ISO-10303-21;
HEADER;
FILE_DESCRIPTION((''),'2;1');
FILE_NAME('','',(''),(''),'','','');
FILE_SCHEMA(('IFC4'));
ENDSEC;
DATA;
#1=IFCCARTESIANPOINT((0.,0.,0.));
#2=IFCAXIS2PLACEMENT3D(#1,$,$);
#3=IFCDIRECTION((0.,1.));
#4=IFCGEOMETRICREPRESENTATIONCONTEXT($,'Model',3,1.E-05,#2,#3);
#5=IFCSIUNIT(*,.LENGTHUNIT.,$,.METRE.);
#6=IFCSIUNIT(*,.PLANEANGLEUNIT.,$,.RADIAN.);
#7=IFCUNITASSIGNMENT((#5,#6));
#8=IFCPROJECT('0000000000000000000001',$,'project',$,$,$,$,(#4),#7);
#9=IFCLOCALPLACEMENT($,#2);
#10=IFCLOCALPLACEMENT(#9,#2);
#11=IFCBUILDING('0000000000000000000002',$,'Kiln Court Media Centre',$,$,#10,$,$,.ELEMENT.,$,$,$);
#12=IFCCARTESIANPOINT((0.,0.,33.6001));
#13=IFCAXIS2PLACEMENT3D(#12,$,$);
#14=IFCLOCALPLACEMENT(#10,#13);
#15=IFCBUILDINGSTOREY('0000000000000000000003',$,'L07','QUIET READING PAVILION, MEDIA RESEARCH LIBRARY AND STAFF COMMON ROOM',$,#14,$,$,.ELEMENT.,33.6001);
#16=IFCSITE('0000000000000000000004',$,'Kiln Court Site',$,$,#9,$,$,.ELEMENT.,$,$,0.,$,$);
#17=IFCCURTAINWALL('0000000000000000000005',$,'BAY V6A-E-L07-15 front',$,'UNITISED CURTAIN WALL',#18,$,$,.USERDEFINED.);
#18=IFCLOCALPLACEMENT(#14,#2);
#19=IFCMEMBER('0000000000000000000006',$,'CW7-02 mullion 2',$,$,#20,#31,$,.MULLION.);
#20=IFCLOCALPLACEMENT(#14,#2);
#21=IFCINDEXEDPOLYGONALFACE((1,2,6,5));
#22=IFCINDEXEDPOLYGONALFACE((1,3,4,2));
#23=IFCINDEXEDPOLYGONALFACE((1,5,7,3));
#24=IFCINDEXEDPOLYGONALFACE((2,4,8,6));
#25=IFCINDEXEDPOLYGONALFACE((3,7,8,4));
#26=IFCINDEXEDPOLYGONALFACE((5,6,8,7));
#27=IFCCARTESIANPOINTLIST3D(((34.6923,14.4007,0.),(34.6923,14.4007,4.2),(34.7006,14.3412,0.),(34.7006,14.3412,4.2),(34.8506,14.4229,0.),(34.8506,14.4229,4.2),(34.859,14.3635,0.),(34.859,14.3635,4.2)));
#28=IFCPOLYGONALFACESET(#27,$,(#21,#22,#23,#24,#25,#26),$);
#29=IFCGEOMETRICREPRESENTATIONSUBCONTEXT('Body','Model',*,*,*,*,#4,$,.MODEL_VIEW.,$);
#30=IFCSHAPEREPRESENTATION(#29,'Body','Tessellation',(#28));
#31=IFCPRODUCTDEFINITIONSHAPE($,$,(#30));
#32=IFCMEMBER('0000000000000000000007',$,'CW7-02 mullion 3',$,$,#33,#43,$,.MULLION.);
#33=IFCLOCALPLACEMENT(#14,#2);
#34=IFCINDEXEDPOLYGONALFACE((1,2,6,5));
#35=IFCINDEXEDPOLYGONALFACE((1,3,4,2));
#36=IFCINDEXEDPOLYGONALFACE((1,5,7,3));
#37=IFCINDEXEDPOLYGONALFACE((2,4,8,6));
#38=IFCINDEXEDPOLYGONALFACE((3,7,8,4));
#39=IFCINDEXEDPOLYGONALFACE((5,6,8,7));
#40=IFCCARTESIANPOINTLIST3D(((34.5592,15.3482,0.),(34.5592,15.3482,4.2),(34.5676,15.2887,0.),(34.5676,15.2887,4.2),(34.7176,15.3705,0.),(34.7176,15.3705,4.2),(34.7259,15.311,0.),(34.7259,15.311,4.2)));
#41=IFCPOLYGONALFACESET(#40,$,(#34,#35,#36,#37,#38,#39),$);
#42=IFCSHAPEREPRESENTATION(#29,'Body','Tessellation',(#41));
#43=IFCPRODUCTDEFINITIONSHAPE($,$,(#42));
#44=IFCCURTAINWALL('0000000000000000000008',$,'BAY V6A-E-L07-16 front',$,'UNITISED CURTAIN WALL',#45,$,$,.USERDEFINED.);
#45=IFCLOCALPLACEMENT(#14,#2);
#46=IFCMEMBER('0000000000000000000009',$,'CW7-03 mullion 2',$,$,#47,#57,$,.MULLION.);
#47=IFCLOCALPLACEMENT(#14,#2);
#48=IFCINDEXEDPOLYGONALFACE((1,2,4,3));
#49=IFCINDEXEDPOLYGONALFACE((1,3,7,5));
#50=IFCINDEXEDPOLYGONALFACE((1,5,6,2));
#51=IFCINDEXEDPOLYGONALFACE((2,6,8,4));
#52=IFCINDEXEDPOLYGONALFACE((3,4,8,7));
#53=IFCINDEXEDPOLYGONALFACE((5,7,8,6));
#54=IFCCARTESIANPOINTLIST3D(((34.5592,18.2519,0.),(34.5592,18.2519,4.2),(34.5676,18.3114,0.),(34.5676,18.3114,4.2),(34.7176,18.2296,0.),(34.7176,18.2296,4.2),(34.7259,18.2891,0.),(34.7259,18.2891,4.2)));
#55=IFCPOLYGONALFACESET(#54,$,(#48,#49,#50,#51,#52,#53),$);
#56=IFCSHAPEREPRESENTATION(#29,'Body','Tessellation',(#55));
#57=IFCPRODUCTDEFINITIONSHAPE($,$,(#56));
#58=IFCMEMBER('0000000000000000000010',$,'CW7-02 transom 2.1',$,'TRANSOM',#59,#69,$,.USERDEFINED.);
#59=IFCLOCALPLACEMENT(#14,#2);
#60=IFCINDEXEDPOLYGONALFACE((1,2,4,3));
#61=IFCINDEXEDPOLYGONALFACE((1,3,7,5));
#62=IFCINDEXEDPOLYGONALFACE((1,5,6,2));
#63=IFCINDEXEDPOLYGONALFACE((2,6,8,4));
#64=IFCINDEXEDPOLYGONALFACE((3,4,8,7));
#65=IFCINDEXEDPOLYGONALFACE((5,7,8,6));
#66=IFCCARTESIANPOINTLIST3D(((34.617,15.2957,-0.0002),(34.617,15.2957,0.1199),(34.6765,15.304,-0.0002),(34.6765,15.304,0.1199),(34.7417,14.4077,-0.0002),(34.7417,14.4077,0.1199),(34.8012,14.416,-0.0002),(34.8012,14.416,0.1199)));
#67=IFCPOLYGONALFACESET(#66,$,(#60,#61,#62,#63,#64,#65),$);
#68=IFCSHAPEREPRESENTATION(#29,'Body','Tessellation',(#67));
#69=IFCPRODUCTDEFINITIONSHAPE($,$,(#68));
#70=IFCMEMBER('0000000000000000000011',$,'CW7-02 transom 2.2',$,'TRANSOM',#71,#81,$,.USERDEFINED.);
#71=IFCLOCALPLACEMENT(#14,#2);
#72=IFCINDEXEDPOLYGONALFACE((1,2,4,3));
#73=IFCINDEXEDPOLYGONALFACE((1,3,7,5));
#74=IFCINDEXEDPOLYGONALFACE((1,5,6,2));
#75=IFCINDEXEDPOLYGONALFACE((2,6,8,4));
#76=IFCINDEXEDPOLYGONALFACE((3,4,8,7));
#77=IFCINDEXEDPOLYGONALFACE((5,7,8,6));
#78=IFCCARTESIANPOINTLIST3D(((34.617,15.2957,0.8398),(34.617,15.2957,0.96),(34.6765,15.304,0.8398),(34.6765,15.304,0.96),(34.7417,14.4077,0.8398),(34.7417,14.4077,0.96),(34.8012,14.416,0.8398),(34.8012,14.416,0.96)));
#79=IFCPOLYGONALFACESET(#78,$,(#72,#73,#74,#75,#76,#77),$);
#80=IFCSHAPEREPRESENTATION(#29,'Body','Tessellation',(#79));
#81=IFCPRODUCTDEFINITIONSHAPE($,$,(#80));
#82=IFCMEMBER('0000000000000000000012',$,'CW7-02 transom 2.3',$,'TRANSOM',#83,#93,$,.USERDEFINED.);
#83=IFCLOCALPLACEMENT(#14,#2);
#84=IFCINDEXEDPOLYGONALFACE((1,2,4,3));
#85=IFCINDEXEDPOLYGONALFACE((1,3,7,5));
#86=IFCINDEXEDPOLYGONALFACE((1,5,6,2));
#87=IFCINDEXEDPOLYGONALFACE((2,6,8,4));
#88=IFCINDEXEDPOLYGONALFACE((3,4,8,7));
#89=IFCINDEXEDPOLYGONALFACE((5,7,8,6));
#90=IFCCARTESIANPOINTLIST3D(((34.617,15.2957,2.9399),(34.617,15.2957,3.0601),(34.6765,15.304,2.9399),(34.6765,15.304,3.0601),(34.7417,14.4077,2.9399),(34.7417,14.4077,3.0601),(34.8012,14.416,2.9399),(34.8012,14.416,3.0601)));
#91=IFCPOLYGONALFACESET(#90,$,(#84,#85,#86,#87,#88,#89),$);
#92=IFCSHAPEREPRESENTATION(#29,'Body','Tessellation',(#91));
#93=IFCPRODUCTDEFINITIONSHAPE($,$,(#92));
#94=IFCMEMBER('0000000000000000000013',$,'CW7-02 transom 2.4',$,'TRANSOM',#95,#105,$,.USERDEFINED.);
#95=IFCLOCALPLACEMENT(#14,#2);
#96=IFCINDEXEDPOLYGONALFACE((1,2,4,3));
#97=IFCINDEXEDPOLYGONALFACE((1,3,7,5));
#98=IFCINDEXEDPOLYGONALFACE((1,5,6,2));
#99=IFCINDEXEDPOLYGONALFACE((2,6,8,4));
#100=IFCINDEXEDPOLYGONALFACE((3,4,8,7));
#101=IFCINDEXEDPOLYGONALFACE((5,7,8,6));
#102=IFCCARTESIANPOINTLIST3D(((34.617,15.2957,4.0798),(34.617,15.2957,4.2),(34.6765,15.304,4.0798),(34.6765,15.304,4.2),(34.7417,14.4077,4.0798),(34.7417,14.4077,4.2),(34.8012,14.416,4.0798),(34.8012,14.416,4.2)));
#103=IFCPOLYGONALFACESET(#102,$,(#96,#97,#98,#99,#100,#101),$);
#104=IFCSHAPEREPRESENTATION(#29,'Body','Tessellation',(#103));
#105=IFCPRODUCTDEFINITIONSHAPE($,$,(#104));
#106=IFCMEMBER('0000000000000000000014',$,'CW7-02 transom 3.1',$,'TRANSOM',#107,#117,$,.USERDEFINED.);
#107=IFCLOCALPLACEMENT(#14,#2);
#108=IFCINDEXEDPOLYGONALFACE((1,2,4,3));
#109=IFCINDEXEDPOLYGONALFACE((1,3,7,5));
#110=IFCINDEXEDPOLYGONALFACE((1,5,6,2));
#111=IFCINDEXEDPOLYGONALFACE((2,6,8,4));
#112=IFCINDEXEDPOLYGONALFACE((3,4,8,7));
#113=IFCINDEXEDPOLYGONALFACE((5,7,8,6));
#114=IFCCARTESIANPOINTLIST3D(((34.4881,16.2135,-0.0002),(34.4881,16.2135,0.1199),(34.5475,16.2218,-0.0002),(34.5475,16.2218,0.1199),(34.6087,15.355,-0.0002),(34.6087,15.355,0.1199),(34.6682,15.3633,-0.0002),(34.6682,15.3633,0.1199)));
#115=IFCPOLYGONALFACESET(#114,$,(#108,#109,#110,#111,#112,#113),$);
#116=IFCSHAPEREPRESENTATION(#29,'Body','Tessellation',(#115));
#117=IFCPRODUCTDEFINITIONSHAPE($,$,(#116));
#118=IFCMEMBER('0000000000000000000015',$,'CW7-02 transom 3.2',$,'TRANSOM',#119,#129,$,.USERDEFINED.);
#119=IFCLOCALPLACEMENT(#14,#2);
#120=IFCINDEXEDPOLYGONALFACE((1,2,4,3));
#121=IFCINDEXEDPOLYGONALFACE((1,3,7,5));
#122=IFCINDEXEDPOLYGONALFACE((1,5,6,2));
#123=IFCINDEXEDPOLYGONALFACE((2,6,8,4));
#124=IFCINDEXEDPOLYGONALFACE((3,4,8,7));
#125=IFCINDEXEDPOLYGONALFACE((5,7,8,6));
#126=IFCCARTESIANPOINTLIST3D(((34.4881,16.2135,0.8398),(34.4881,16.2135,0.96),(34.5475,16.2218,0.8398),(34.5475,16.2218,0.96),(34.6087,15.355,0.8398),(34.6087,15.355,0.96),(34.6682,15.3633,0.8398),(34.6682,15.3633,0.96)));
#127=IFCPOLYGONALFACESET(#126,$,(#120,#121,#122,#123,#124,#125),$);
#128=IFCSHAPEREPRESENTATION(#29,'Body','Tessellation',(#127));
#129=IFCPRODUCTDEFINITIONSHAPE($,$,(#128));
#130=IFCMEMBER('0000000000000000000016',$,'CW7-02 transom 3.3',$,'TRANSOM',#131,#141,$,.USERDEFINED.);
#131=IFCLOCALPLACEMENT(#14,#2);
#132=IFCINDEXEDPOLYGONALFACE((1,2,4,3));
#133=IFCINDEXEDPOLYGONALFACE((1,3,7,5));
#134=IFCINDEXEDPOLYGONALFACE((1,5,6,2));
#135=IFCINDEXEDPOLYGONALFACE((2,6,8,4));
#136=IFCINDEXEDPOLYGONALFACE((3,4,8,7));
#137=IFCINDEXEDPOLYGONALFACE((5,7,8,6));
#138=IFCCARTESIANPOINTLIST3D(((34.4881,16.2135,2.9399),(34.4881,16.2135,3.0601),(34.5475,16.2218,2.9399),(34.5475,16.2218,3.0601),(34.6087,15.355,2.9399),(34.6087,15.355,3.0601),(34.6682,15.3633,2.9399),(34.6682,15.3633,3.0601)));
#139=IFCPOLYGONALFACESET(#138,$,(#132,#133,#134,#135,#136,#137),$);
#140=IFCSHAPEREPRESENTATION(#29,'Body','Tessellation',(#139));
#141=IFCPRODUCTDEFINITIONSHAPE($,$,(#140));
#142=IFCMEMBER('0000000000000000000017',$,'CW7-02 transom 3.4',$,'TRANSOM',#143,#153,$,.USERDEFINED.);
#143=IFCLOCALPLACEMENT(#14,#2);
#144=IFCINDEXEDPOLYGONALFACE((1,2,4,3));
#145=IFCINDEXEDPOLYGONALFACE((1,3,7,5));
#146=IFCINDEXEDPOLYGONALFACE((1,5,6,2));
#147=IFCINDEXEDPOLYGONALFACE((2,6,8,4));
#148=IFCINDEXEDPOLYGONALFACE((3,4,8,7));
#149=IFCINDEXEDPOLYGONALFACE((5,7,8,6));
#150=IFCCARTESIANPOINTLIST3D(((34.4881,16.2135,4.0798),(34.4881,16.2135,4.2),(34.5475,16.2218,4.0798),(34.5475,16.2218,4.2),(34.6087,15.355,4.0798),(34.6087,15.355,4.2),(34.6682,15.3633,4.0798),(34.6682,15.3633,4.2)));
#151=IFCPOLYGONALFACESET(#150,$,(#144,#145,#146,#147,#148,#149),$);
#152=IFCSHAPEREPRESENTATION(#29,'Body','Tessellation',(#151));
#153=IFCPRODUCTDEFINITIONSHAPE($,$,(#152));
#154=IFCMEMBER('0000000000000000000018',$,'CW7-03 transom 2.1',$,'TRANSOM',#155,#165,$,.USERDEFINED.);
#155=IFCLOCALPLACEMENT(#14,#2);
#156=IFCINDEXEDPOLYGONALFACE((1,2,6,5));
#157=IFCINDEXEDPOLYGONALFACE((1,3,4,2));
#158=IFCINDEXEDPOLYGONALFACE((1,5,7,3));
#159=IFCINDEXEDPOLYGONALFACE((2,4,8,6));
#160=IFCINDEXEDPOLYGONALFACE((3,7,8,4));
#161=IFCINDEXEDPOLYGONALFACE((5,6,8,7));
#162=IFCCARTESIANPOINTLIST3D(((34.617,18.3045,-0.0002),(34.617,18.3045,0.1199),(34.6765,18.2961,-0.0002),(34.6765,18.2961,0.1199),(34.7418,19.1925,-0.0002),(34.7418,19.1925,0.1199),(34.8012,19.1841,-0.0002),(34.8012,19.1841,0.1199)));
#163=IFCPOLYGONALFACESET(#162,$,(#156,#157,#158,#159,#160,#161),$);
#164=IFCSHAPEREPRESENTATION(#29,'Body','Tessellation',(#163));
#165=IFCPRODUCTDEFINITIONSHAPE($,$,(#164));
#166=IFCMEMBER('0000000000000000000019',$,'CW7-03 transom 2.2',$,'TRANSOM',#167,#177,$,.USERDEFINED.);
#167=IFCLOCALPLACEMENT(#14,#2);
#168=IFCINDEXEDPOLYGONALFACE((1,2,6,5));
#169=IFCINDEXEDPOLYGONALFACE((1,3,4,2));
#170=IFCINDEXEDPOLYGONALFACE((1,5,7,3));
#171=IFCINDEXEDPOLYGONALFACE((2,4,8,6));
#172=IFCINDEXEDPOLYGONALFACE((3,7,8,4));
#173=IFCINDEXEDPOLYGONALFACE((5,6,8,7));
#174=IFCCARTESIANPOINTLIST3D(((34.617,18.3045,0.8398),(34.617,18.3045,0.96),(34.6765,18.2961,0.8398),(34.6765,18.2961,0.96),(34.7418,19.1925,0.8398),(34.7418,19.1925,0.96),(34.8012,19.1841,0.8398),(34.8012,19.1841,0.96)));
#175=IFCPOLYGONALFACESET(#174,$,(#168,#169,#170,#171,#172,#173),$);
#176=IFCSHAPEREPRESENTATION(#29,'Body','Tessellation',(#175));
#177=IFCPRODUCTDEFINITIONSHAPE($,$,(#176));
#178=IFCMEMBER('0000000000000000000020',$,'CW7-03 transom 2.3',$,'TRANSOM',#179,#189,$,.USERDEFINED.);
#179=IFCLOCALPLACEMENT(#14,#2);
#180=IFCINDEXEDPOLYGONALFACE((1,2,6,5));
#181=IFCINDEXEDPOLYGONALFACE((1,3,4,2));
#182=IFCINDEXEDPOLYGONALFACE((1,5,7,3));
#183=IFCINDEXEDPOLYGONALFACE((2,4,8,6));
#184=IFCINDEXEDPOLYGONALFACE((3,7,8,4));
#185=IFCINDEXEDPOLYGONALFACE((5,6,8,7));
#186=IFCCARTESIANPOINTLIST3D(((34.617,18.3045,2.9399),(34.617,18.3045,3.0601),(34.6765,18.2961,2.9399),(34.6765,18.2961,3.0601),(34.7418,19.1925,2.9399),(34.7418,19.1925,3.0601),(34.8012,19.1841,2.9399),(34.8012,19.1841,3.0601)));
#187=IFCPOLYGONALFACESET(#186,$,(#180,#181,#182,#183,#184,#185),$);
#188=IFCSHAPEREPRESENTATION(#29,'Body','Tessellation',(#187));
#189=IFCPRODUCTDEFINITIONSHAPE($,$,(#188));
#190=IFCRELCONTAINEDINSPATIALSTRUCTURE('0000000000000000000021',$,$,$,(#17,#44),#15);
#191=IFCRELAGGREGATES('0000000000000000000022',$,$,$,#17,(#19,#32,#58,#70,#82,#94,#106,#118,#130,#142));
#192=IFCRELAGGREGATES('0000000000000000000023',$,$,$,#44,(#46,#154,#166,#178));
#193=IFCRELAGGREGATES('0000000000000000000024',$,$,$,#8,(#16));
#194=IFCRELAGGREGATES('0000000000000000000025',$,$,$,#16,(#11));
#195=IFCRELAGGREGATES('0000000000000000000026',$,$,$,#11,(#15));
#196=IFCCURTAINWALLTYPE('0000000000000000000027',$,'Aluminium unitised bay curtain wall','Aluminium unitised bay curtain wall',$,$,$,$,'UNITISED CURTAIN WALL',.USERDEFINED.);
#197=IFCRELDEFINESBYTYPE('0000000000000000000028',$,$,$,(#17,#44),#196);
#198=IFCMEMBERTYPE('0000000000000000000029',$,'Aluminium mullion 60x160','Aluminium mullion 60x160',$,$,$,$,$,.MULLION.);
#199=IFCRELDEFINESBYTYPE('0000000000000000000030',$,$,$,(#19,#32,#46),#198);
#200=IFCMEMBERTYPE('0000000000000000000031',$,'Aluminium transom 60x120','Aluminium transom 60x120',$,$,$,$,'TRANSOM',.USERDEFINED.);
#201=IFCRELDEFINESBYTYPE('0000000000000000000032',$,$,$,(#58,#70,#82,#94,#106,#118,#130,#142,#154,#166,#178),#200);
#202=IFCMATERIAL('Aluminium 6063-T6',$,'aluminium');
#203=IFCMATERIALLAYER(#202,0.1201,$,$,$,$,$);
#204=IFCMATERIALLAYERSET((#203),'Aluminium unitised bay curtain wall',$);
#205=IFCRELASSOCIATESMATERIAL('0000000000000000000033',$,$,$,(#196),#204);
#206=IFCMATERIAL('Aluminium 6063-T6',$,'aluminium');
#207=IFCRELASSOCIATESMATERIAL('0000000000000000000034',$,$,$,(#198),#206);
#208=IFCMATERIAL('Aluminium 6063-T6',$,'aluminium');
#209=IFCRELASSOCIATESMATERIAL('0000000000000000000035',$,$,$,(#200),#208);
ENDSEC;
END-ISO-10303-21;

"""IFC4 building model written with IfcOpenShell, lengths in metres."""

from ifc_helpers import new_model, si_unit, direction, frame, origin, origin_2d, place, context, subcontext, project, spatial, rectangle, extrude, material, layer, layer_set, material_profile, profile_set, type_object, element, aggregate, save


model = new_model("IFC4")

# Units and contexts
model_context = context("Model", 3, precision=1e-05, world=origin(), true_north=direction((0.0, 1.0)))
body_context = subcontext(model_context, "Body", "Model", "MODEL_VIEW")
ifc_project = project(units=[si_unit("LENGTHUNIT", "METRE"), si_unit("PLANEANGLEUNIT", "RADIAN")], contexts=[model_context])

# Site, building, storey
site_placement = place(None, origin())
site = spatial("IfcSite", under=ifc_project, at=site_placement, Name="Kiln Court Site", CompositionType="ELEMENT", RefElevation=0.0)
building_placement = place(site_placement, origin())
building = spatial("IfcBuilding", under=site, at=building_placement, Name="Kiln Court Media Centre", CompositionType="ELEMENT")
storey_placement = place(building_placement, frame((0.0, 0.0, 33.6001)))
storey = spatial("IfcBuildingStorey", under=building, at=storey_placement, Name="L07", Description="QUIET READING PAVILION, MEDIA RESEARCH LIBRARY AND STAFF COMMON ROOM", CompositionType="ELEMENT", Elevation=33.6001)

# Curtain wall, members
ifc_material_1 = material(Name="Aluminium 6063-T6", Category="aluminium")
ifc_layer_1 = layer(ifc_material_1, 0.1201)
ifc_layer_set_1 = layer_set([ifc_layer_1], Name="Aluminium unitised bay curtain wall")
curtain_wall_type = type_object("IfcCurtainWallType", Name="Aluminium unitised bay curtain wall", Description="Aluminium unitised bay curtain wall", ElementType="UNITISED CURTAIN WALL", PredefinedType="USERDEFINED", material=ifc_layer_set_1)
curtain_wall_1_placement = place(storey_placement, origin())
curtain_wall_1 = element("IfcCurtainWall", 1, at=curtain_wall_1_placement, inside=storey, type_object=curtain_wall_type, Name="BAY V6A-E-L07-15 front", ObjectType="UNITISED CURTAIN WALL", PredefinedType="USERDEFINED")
ifc_material_2 = material(Name="Aluminium 6063-T6", Category="aluminium")
ifc_material_profile_1 = material_profile(ifc_material_2, rectangle(XDim=0.0601, YDim=0.1599, at=origin_2d()), Name="Aluminium mullion 60x160")
ifc_profile_set_1 = profile_set([ifc_material_profile_1], Name="Aluminium 6063-T6")
member_type_1 = type_object("IfcMemberType", Name="Aluminium mullion 60x160", Description="Aluminium mullion 60x160", PredefinedType="MULLION", material=ifc_profile_set_1)
member_1_placement = place(storey_placement, frame((34.7756, 14.3821, 0.0), z_axis=(0.0, 0.0, 1.0), x_axis=(-0.139162, 0.99027, 0.0)))
member_1 = element("IfcMember", 2, at=member_1_placement, type_object=member_type_1, Name="CW7-02 mullion 2", PredefinedType="MULLION", context=body_context, shape_type="SweptSolid", body=[
    extrude(rectangle(XDim=0.0601, YDim=0.1599, at=origin_2d()), origin(), (0.0, 0.0, 1.0), 4.2),
])
member_2_placement = place(storey_placement, frame((34.6426, 15.3296, 0.0), z_axis=(0.0, 0.0, 1.0), x_axis=(-0.139162, 0.99027, 0.0)))
member_2 = element("IfcMember", 3, at=member_2_placement, type_object=member_type_1, Name="CW7-02 mullion 3", PredefinedType="MULLION", context=body_context, shape_type="SweptSolid", body=[
    extrude(rectangle(XDim=0.0601, YDim=0.1599, at=origin_2d()), origin(), (0.0, 0.0, 1.0), 4.2),
])

# Curtain wall, member
curtain_wall_2_placement = place(storey_placement, origin())
curtain_wall_2 = element("IfcCurtainWall", 4, at=curtain_wall_2_placement, inside=storey, type_object=curtain_wall_type, Name="BAY V6A-E-L07-16 front", ObjectType="UNITISED CURTAIN WALL", PredefinedType="USERDEFINED")
member_3_placement = place(storey_placement, frame((34.6426, 18.2705, 0.0), z_axis=(0.0, 0.0, 1.0), x_axis=(0.139162, 0.99027, 0.0)))
member_3 = element("IfcMember", 5, at=member_3_placement, type_object=member_type_1, Name="CW7-03 mullion 2", PredefinedType="MULLION", context=body_context, shape_type="SweptSolid", body=[
    extrude(rectangle(XDim=0.0601, YDim=0.1599, at=origin_2d()), origin(), (0.0, 0.0, 1.0), 4.2),
])

# Members
ifc_material_3 = material(Name="Aluminium 6063-T6", Category="aluminium")
ifc_material_profile_2 = material_profile(ifc_material_3, rectangle(XDim=0.0601, YDim=0.1201, at=origin_2d()), Name="Aluminium transom 60x120")
ifc_profile_set_2 = profile_set([ifc_material_profile_2], Name="Aluminium 6063-T6")
member_type_2 = type_object("IfcMemberType", Name="Aluminium transom 60x120", Description="Aluminium transom 60x120", ElementType="TRANSOM", PredefinedType="USERDEFINED", material=ifc_profile_set_2)
member_4_placement = place(storey_placement, frame((34.7715, 14.4119, 0.0598), z_axis=(-0.139134, 0.990274, 0.0), x_axis=(-0.990274, -0.139134, 0.0)))
member_4 = element("IfcMember", 6, at=member_4_placement, type_object=member_type_2, Name="CW7-02 transom 2.1", ObjectType="TRANSOM", PredefinedType="USERDEFINED", context=body_context, shape_type="SweptSolid", body=[
    extrude(rectangle(XDim=0.0601, YDim=0.1201, at=origin_2d()), origin(), (0.0, 0.0, 1.0), 0.8967),
])
member_5_placement = place(storey_placement, frame((34.7715, 14.4119, 0.8999), z_axis=(-0.139134, 0.990274, 0.0), x_axis=(-0.990274, -0.139134, 0.0)))
member_5 = element("IfcMember", 7, at=member_5_placement, type_object=member_type_2, Name="CW7-02 transom 2.2", ObjectType="TRANSOM", PredefinedType="USERDEFINED", context=body_context, shape_type="SweptSolid", body=[
    extrude(rectangle(XDim=0.0601, YDim=0.1201, at=origin_2d()), origin(), (0.0, 0.0, 1.0), 0.8967),
])
member_6_placement = place(storey_placement, frame((34.7715, 14.4119, 3.0), z_axis=(-0.139134, 0.990274, 0.0), x_axis=(-0.990274, -0.139134, 0.0)))
member_6 = element("IfcMember", 8, at=member_6_placement, type_object=member_type_2, Name="CW7-02 transom 2.3", ObjectType="TRANSOM", PredefinedType="USERDEFINED", context=body_context, shape_type="SweptSolid", body=[
    extrude(rectangle(XDim=0.0601, YDim=0.1201, at=origin_2d()), origin(), (0.0, 0.0, 1.0), 0.8967),
])
member_7_placement = place(storey_placement, frame((34.7715, 14.4119, 4.1399), z_axis=(-0.139134, 0.990274, 0.0), x_axis=(-0.990274, -0.139134, 0.0)))
member_7 = element("IfcMember", 9, at=member_7_placement, type_object=member_type_2, Name="CW7-02 transom 2.4", ObjectType="TRANSOM", PredefinedType="USERDEFINED", context=body_context, shape_type="SweptSolid", body=[
    extrude(rectangle(XDim=0.0601, YDim=0.1201, at=origin_2d()), origin(), (0.0, 0.0, 1.0), 0.8967),
])
member_8_placement = place(storey_placement, frame((34.6384, 15.3591, 0.0598), z_axis=(-0.139134, 0.990274, 0.0), x_axis=(-0.990274, -0.139134, 0.0)))
member_8 = element("IfcMember", 10, at=member_8_placement, type_object=member_type_2, Name="CW7-02 transom 3.1", ObjectType="TRANSOM", PredefinedType="USERDEFINED", context=body_context, shape_type="SweptSolid", body=[
    extrude(rectangle(XDim=0.0601, YDim=0.1201, at=origin_2d()), origin(), (0.0, 0.0, 1.0), 0.8669),
])
member_9_placement = place(storey_placement, frame((34.6384, 15.3591, 0.8999), z_axis=(-0.139134, 0.990274, 0.0), x_axis=(-0.990274, -0.139134, 0.0)))
member_9 = element("IfcMember", 11, at=member_9_placement, type_object=member_type_2, Name="CW7-02 transom 3.2", ObjectType="TRANSOM", PredefinedType="USERDEFINED", context=body_context, shape_type="SweptSolid", body=[
    extrude(rectangle(XDim=0.0601, YDim=0.1201, at=origin_2d()), origin(), (0.0, 0.0, 1.0), 0.8669),
])
member_10_placement = place(storey_placement, frame((34.6384, 15.3591, 3.0), z_axis=(-0.139134, 0.990274, 0.0), x_axis=(-0.990274, -0.139134, 0.0)))
member_10 = element("IfcMember", 12, at=member_10_placement, type_object=member_type_2, Name="CW7-02 transom 3.3", ObjectType="TRANSOM", PredefinedType="USERDEFINED", context=body_context, shape_type="SweptSolid", body=[
    extrude(rectangle(XDim=0.0601, YDim=0.1201, at=origin_2d()), origin(), (0.0, 0.0, 1.0), 0.8669),
])
member_11_placement = place(storey_placement, frame((34.6384, 15.3591, 4.1399), z_axis=(-0.139134, 0.990274, 0.0), x_axis=(-0.990274, -0.139134, 0.0)))
member_11 = element("IfcMember", 13, at=member_11_placement, type_object=member_type_2, Name="CW7-02 transom 3.4", ObjectType="TRANSOM", PredefinedType="USERDEFINED", context=body_context, shape_type="SweptSolid", body=[
    extrude(rectangle(XDim=0.0601, YDim=0.1201, at=origin_2d()), origin(), (0.0, 0.0, 1.0), 0.8669),
])
member_12_placement = place(storey_placement, frame((34.6467, 18.3003, 0.0598), z_axis=(0.139134, 0.990274, 0.0), x_axis=(-0.990274, 0.139134, 0.0)))
member_12 = element("IfcMember", 14, at=member_12_placement, type_object=member_type_2, Name="CW7-03 transom 2.1", ObjectType="TRANSOM", PredefinedType="USERDEFINED", context=body_context, shape_type="SweptSolid", body=[
    extrude(rectangle(XDim=0.0601, YDim=0.1201, at=origin_2d()), origin(), (0.0, 0.0, 1.0), 0.8967),
])
member_13_placement = place(storey_placement, frame((34.6467, 18.3003, 0.8999), z_axis=(0.139134, 0.990274, 0.0), x_axis=(-0.990274, 0.139134, 0.0)))
member_13 = element("IfcMember", 15, at=member_13_placement, type_object=member_type_2, Name="CW7-03 transom 2.2", ObjectType="TRANSOM", PredefinedType="USERDEFINED", context=body_context, shape_type="SweptSolid", body=[
    extrude(rectangle(XDim=0.0601, YDim=0.1201, at=origin_2d()), origin(), (0.0, 0.0, 1.0), 0.8967),
])
member_14_placement = place(storey_placement, frame((34.6467, 18.3003, 3.0), z_axis=(0.139134, 0.990274, 0.0), x_axis=(-0.990274, 0.139134, 0.0)))
member_14 = element("IfcMember", 16, at=member_14_placement, type_object=member_type_2, Name="CW7-03 transom 2.3", ObjectType="TRANSOM", PredefinedType="USERDEFINED", context=body_context, shape_type="SweptSolid", body=[
    extrude(rectangle(XDim=0.0601, YDim=0.1201, at=origin_2d()), origin(), (0.0, 0.0, 1.0), 0.8967),
])

aggregate(curtain_wall_1, [member_1, member_2, member_4, member_5, member_6, member_7, member_8, member_9, member_10, member_11])
aggregate(curtain_wall_2, [member_3, member_12, member_13, member_14])

save(model, "model.ifc")
